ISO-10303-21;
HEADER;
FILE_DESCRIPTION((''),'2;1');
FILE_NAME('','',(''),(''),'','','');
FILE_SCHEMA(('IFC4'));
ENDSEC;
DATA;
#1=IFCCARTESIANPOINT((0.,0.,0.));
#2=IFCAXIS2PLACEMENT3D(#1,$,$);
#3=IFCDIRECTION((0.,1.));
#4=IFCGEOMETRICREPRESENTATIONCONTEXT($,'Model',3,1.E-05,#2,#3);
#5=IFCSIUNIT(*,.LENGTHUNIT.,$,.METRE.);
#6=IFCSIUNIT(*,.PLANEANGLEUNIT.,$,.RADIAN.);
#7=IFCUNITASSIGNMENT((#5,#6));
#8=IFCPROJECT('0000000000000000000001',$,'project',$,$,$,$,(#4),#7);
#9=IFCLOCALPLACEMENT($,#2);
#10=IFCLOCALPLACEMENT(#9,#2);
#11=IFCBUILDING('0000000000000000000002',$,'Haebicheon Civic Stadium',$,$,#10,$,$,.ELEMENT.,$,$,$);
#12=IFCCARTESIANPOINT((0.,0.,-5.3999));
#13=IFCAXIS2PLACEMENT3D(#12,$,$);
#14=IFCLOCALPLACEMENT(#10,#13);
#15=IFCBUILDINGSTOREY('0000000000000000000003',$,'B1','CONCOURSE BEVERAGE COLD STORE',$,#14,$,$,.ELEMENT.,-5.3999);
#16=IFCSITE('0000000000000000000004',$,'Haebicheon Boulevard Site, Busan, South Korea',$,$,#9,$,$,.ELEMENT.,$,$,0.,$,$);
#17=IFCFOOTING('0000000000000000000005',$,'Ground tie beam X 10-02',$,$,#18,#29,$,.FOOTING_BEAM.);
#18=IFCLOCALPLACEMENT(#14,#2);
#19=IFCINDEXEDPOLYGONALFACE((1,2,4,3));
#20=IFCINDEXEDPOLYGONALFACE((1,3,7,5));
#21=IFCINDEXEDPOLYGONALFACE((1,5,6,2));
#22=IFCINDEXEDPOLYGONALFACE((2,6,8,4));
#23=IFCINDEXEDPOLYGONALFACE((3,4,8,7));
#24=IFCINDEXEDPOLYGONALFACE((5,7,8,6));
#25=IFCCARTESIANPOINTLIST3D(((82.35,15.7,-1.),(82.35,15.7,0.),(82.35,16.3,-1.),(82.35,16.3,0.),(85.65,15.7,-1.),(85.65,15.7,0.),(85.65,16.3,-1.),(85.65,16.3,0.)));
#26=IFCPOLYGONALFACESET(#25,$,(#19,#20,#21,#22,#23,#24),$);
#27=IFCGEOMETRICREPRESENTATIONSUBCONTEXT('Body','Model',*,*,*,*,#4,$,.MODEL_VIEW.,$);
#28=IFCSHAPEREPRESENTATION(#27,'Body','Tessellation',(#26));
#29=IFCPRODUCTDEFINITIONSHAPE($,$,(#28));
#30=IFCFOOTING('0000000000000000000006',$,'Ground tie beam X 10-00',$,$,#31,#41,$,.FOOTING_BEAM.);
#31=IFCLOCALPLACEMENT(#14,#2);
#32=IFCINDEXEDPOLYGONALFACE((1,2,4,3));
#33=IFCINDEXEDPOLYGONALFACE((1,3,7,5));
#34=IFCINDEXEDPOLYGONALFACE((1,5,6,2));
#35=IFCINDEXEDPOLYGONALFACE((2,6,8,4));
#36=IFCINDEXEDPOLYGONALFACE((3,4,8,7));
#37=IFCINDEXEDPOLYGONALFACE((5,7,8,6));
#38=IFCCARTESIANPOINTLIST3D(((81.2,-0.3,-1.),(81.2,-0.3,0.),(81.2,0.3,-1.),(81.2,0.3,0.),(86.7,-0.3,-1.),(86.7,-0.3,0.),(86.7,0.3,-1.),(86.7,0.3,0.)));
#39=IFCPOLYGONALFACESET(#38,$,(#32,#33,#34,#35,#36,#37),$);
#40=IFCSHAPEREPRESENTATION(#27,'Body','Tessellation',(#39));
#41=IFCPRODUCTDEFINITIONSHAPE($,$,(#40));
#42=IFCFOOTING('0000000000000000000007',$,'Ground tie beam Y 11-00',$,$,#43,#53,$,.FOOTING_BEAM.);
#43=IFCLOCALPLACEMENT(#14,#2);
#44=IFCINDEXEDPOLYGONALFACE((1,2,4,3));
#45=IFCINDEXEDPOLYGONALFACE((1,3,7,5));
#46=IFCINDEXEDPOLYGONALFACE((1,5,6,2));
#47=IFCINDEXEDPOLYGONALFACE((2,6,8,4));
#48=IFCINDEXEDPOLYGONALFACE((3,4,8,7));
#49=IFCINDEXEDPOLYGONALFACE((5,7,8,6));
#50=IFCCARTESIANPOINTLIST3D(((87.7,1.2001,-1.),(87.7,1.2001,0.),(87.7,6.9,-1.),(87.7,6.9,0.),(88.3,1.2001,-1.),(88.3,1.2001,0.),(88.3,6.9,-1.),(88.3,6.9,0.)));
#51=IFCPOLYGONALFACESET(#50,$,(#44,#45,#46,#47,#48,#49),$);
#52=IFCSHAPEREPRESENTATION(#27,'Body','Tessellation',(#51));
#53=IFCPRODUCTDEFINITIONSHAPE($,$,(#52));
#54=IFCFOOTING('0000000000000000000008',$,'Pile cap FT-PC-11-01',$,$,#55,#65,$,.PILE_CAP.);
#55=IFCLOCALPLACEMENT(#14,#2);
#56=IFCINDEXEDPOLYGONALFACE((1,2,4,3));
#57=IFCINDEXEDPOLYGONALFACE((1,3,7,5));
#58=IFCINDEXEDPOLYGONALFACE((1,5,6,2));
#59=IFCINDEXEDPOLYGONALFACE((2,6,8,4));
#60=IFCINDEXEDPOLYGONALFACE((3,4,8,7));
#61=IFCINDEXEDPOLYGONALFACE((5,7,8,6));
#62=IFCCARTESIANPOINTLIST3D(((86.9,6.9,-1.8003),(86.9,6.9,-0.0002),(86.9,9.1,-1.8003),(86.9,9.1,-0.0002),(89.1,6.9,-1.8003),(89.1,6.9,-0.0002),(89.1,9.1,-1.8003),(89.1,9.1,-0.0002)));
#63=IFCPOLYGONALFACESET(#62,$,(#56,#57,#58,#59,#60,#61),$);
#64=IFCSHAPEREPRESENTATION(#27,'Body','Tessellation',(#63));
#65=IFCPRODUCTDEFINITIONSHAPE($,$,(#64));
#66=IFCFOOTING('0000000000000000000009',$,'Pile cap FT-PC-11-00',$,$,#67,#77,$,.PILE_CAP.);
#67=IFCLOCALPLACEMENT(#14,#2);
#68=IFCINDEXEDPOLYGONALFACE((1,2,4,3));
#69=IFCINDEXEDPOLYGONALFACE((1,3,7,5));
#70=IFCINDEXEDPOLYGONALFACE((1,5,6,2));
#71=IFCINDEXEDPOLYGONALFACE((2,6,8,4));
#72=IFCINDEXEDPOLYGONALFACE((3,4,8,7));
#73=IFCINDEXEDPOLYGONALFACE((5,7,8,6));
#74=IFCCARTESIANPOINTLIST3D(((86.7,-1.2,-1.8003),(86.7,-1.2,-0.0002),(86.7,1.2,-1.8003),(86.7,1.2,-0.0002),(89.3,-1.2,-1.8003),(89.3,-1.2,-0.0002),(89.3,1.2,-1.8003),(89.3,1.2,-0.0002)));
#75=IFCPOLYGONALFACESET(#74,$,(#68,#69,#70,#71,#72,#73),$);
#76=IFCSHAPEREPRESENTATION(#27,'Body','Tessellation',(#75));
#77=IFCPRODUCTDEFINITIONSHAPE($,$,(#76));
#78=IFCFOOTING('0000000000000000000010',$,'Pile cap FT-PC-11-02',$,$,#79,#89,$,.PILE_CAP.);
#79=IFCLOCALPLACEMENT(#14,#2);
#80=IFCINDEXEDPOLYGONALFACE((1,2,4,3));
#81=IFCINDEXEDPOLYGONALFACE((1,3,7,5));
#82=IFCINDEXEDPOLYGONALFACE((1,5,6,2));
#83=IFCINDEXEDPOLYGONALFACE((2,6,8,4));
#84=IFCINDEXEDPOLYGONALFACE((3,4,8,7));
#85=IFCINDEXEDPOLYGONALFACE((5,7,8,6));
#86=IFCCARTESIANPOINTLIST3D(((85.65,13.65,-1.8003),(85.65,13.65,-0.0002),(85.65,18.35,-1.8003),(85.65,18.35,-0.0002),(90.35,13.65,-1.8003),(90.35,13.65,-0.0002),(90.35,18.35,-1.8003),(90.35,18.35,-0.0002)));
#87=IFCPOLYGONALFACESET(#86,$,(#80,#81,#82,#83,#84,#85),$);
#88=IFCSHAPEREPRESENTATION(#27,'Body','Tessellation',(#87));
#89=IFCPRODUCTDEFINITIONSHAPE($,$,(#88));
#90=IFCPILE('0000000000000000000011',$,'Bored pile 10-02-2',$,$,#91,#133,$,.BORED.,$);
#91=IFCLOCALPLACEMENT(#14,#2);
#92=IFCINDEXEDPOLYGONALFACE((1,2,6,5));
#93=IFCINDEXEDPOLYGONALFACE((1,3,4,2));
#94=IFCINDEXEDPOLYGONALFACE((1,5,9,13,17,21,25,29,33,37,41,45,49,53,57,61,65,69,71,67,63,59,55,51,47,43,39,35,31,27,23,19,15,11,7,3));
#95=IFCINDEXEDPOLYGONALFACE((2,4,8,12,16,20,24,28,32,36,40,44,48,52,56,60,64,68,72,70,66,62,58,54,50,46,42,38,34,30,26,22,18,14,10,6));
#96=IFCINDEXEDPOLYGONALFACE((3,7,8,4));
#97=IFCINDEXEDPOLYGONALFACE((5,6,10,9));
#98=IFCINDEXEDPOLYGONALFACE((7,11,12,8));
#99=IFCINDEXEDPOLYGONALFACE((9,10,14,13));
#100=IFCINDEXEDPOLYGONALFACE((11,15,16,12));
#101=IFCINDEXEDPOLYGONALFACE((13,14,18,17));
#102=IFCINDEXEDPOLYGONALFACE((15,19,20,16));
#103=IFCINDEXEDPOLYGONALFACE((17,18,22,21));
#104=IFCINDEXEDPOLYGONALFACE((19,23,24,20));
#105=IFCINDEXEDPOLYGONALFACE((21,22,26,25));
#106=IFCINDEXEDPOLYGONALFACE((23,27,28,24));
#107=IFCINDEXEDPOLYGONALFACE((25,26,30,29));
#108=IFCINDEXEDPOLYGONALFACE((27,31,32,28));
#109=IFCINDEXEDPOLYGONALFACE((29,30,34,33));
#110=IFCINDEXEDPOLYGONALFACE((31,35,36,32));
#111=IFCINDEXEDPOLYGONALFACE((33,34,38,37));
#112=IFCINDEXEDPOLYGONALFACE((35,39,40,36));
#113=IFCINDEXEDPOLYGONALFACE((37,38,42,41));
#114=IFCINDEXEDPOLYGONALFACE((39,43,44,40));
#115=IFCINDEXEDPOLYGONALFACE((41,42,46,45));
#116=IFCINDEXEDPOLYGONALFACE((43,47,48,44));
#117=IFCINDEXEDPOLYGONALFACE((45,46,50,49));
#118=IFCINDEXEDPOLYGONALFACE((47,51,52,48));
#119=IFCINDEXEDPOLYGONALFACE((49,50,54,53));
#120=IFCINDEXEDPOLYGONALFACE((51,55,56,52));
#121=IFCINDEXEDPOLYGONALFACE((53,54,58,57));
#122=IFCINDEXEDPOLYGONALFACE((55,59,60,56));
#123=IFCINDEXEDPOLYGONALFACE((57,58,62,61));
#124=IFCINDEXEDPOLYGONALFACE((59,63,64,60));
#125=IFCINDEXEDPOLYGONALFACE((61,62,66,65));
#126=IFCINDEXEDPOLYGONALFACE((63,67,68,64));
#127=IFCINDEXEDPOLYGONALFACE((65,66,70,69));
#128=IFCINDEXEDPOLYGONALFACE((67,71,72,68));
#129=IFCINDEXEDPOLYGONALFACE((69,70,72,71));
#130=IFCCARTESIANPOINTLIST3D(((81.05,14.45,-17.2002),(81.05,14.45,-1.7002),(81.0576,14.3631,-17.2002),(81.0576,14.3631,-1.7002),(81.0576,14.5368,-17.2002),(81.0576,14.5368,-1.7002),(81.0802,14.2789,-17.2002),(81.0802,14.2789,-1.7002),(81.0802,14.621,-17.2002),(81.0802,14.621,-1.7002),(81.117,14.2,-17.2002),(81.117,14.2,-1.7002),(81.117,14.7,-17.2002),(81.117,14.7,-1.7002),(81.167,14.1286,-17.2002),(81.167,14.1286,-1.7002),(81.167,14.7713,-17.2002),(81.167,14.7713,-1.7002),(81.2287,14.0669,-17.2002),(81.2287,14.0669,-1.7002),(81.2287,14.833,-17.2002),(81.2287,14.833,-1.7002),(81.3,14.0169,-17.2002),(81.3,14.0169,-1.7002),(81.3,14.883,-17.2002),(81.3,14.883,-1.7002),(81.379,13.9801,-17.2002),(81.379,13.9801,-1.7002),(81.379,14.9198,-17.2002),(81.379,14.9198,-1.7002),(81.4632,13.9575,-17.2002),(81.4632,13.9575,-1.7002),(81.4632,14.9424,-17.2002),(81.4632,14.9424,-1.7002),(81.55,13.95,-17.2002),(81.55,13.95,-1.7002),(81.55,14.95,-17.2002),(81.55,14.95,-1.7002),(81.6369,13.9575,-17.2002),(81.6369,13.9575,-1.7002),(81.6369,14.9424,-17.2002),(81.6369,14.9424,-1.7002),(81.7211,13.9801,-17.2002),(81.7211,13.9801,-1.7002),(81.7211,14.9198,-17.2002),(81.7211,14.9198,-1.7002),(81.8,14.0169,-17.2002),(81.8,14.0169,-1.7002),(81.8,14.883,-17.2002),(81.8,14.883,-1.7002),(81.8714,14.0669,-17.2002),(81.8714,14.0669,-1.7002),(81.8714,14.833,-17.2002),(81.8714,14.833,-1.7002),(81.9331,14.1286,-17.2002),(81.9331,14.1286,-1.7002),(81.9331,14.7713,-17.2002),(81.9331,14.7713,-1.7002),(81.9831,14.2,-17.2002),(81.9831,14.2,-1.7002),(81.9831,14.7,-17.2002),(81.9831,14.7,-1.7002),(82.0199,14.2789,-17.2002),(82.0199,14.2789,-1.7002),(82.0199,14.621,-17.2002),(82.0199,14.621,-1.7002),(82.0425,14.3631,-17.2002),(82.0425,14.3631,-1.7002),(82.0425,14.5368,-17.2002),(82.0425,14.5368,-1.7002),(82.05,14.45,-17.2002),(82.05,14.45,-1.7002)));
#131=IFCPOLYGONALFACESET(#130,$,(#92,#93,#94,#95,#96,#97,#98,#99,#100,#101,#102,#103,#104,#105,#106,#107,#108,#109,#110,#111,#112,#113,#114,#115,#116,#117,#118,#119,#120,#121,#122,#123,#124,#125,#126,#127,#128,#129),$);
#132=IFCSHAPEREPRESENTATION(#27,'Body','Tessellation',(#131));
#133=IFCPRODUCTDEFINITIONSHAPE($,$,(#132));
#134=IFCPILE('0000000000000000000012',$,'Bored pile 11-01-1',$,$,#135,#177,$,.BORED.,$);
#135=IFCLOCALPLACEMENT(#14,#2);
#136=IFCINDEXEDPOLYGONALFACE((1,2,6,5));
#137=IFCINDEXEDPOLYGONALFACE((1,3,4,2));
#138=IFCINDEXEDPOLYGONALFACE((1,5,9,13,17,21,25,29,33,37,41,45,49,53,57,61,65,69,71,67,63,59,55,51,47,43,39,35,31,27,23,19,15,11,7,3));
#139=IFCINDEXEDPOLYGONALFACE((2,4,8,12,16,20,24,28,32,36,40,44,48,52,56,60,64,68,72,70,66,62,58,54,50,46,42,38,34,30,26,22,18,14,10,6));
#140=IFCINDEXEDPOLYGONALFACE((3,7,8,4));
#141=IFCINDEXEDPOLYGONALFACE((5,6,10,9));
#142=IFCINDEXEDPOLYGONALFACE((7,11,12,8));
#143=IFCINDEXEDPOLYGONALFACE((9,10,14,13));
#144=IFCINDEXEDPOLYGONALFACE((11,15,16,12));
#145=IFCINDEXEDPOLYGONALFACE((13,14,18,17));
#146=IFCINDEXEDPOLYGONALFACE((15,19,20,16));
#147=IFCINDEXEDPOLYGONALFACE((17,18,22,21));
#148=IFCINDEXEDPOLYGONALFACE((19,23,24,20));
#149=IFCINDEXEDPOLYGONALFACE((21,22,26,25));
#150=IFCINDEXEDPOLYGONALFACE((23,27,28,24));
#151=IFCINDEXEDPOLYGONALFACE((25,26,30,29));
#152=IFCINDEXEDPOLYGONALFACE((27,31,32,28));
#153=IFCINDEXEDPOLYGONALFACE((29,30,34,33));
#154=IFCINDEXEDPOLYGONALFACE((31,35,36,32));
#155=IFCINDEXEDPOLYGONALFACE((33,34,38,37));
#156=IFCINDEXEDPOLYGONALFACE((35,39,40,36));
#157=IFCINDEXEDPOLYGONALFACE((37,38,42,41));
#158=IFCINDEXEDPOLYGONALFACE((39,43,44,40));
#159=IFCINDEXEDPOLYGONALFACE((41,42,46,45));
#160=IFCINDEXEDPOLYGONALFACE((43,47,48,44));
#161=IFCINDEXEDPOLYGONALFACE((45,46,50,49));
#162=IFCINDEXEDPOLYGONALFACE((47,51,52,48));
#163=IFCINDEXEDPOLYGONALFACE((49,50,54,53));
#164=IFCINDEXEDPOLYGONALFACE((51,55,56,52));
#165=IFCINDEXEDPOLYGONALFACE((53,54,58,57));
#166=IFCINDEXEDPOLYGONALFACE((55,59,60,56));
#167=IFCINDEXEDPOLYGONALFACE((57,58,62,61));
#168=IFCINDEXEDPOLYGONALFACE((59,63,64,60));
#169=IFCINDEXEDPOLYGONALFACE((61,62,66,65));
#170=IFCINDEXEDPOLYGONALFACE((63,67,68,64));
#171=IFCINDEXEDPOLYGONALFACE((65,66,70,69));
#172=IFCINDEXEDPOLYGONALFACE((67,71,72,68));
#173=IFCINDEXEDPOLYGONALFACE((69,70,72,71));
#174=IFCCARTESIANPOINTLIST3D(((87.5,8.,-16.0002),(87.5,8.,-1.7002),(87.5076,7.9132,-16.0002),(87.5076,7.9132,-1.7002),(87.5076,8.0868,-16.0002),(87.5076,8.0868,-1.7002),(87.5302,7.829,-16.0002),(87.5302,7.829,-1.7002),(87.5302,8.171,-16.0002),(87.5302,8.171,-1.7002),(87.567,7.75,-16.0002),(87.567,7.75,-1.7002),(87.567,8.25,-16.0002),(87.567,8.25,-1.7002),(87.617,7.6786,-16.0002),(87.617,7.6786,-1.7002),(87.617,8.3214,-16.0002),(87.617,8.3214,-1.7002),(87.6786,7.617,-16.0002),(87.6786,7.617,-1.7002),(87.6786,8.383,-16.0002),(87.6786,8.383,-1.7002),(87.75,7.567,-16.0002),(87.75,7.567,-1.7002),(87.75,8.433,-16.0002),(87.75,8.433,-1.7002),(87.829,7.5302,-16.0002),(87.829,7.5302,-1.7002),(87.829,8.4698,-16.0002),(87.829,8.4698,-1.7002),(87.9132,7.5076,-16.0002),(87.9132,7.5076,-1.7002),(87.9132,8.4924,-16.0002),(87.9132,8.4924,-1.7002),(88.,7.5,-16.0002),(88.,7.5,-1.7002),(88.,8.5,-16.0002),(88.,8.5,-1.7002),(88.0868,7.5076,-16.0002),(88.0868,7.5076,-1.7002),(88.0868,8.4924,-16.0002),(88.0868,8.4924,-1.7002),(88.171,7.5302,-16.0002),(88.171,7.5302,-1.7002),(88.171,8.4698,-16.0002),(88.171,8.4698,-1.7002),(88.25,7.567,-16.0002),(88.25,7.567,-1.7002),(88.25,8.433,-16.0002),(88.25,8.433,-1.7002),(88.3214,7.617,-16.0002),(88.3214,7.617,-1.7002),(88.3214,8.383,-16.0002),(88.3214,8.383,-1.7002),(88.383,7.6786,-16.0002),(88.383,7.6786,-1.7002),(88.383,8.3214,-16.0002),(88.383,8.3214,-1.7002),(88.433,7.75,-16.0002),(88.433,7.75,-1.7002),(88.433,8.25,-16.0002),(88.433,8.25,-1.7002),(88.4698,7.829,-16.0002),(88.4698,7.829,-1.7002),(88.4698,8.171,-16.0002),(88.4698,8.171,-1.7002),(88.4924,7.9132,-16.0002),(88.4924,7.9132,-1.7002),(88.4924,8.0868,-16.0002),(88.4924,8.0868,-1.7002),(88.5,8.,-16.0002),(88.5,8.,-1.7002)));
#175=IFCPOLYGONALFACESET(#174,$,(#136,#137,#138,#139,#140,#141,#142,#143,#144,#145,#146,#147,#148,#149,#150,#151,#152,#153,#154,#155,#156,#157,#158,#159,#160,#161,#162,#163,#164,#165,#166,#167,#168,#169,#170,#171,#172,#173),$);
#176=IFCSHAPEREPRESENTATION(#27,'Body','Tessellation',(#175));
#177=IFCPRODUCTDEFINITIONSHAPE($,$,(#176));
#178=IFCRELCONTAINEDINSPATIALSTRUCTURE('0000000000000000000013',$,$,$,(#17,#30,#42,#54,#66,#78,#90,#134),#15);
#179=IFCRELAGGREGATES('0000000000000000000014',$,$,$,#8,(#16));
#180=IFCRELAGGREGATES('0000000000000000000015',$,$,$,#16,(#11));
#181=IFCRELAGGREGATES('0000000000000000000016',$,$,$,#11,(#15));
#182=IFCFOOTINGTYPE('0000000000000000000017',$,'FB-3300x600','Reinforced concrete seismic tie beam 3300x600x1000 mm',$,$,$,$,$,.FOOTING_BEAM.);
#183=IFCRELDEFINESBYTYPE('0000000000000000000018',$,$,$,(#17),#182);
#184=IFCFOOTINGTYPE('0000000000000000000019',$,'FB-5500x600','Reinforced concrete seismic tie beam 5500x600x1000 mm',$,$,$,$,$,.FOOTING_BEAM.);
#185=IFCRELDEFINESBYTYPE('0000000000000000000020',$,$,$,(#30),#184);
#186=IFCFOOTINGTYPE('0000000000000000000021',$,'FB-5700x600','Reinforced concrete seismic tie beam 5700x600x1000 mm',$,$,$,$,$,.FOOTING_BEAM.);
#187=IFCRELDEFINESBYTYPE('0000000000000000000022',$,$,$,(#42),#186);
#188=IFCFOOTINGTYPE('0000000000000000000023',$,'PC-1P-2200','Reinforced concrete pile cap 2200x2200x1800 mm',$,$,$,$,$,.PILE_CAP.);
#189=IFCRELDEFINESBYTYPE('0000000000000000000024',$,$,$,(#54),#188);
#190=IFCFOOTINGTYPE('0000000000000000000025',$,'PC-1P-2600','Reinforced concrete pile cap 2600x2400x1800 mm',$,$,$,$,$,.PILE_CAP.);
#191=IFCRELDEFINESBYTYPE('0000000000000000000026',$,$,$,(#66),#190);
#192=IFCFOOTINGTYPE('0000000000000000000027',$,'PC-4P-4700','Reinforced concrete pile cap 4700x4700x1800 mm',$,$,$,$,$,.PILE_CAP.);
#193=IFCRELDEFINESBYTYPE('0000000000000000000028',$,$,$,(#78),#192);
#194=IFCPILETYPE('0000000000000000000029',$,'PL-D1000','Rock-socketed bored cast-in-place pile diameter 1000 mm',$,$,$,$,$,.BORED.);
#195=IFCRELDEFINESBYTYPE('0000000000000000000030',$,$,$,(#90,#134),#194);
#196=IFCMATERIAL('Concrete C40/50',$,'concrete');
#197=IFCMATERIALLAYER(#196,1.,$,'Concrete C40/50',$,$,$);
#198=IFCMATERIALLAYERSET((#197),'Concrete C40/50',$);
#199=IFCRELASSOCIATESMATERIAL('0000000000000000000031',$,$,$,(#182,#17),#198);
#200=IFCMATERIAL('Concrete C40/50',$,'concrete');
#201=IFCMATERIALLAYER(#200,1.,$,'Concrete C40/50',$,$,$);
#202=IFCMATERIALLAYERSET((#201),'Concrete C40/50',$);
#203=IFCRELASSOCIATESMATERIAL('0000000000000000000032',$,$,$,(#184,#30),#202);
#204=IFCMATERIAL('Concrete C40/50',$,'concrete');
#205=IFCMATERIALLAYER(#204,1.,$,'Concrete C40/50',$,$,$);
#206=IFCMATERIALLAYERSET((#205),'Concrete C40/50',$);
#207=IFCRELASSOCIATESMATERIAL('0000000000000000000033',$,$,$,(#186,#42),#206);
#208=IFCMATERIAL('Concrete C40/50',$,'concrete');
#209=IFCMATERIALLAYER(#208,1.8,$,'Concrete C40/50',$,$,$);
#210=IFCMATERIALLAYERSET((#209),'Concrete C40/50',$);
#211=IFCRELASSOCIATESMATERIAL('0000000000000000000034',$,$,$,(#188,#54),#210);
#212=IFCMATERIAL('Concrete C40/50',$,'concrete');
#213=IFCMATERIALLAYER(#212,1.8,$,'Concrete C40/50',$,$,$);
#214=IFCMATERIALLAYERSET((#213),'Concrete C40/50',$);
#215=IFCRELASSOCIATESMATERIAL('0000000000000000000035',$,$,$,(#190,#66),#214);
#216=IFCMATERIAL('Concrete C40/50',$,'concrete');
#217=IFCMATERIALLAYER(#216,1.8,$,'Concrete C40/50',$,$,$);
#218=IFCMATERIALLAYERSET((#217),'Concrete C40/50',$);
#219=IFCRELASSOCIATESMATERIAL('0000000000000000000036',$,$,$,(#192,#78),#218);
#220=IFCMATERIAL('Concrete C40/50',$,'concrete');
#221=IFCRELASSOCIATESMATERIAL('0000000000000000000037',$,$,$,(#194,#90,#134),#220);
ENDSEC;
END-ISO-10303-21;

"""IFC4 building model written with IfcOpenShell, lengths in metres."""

from ifc_helpers import new_model, si_unit, direction, frame, origin, origin_2d, place, context, subcontext, project, spatial, rectangle, circle, extrude, material, layer, layer_set, material_profile, profile_set, type_object, element, save


model = new_model("IFC4")

# Units and contexts
model_context = context("Model", 3, precision=1e-05, world=origin(), true_north=direction((0.0, 1.0)))
body_context = subcontext(model_context, "Body", "Model", "MODEL_VIEW")
ifc_project = project(units=[si_unit("LENGTHUNIT", "METRE"), si_unit("PLANEANGLEUNIT", "RADIAN")], contexts=[model_context])

# Site, building, storey
site_placement = place(None, origin())
site = spatial("IfcSite", under=ifc_project, at=site_placement, Name="Haebicheon Boulevard Site, Busan, South Korea", CompositionType="ELEMENT", RefElevation=0.0)
building_placement = place(site_placement, origin())
building = spatial("IfcBuilding", under=site, at=building_placement, Name="Haebicheon Civic Stadium", CompositionType="ELEMENT")
storey_placement = place(building_placement, frame((0.0, 0.0, -5.3999)))
storey = spatial("IfcBuildingStorey", under=building, at=storey_placement, Name="B1", Description="CONCOURSE BEVERAGE COLD STORE", CompositionType="ELEMENT", Elevation=-5.3999)

# Footings
ifc_material_1 = material(Name="Concrete C40/50", Category="concrete")
ifc_layer_1 = layer(ifc_material_1, 1.0, Name="Concrete C40/50")
ifc_layer_set_1 = layer_set([ifc_layer_1], Name="Concrete C40/50")
footing_type_1 = type_object("IfcFootingType", Name="FB-3300x600", Description="Reinforced concrete seismic tie beam 3300x600x1000 mm", PredefinedType="FOOTING_BEAM", material=ifc_layer_set_1)
footing_1_placement = place(storey_placement, frame((84.0, 16.0, -1.0), z_axis=(0.0, 0.0, 1.0), x_axis=(1.0, 0.0, 0.0)))
element("IfcFooting", 1, at=footing_1_placement, inside=storey, type_object=footing_type_1, material=ifc_layer_set_1, Name="Ground tie beam X 10-02", PredefinedType="FOOTING_BEAM", context=body_context, shape_type="SweptSolid", body=[
    extrude(rectangle(XDim=3.3, YDim=0.6001, at=origin_2d()), origin(), (0.0, 0.0, 1.0), 1.0),
])
ifc_material_2 = material(Name="Concrete C40/50", Category="concrete")
ifc_layer_2 = layer(ifc_material_2, 1.0, Name="Concrete C40/50")
ifc_layer_set_2 = layer_set([ifc_layer_2], Name="Concrete C40/50")
footing_type_2 = type_object("IfcFootingType", Name="FB-5500x600", Description="Reinforced concrete seismic tie beam 5500x600x1000 mm", PredefinedType="FOOTING_BEAM", material=ifc_layer_set_2)
footing_2_placement = place(storey_placement, frame((83.95, 0.0, -1.0), z_axis=(0.0, 0.0, 1.0), x_axis=(1.0, 0.0, 0.0)))
element("IfcFooting", 2, at=footing_2_placement, inside=storey, type_object=footing_type_2, material=ifc_layer_set_2, Name="Ground tie beam X 10-00", PredefinedType="FOOTING_BEAM", context=body_context, shape_type="SweptSolid", body=[
    extrude(rectangle(XDim=5.5, YDim=0.6001, at=origin_2d()), origin(), (0.0, 0.0, 1.0), 1.0),
])
ifc_material_3 = material(Name="Concrete C40/50", Category="concrete")
ifc_layer_3 = layer(ifc_material_3, 1.0, Name="Concrete C40/50")
ifc_layer_set_3 = layer_set([ifc_layer_3], Name="Concrete C40/50")
footing_type_3 = type_object("IfcFootingType", Name="FB-5700x600", Description="Reinforced concrete seismic tie beam 5700x600x1000 mm", PredefinedType="FOOTING_BEAM", material=ifc_layer_set_3)
footing_3_placement = place(storey_placement, frame((88.0, 4.05, -1.0), z_axis=(0.0, 0.0, 1.0), x_axis=(0.0, 1.0, 0.0)))
element("IfcFooting", 3, at=footing_3_placement, inside=storey, type_object=footing_type_3, material=ifc_layer_set_3, Name="Ground tie beam Y 11-00", PredefinedType="FOOTING_BEAM", context=body_context, shape_type="SweptSolid", body=[
    extrude(rectangle(XDim=5.7, YDim=0.6001, at=origin_2d()), origin(), (0.0, 0.0, 1.0), 1.0),
])
ifc_material_4 = material(Name="Concrete C40/50", Category="concrete")
ifc_layer_4 = layer(ifc_material_4, 1.8, Name="Concrete C40/50")
ifc_layer_set_4 = layer_set([ifc_layer_4], Name="Concrete C40/50")
footing_type_4 = type_object("IfcFootingType", Name="PC-1P-2200", Description="Reinforced concrete pile cap 2200x2200x1800 mm", PredefinedType="PILE_CAP", material=ifc_layer_set_4)
footing_4_placement = place(storey_placement, frame((88.0, 8.0, -1.8003), z_axis=(0.0, 0.0, 1.0), x_axis=(1.0, 0.0, 0.0)))
element("IfcFooting", 4, at=footing_4_placement, inside=storey, type_object=footing_type_4, material=ifc_layer_set_4, Name="Pile cap FT-PC-11-01", PredefinedType="PILE_CAP", context=body_context, shape_type="SweptSolid", body=[
    extrude(rectangle(XDim=2.2, YDim=2.2, at=origin_2d()), origin(), (0.0, 0.0, 1.0), 1.8),
])
ifc_material_5 = material(Name="Concrete C40/50", Category="concrete")
ifc_layer_5 = layer(ifc_material_5, 1.8, Name="Concrete C40/50")
ifc_layer_set_5 = layer_set([ifc_layer_5], Name="Concrete C40/50")
footing_type_5 = type_object("IfcFootingType", Name="PC-1P-2600", Description="Reinforced concrete pile cap 2600x2400x1800 mm", PredefinedType="PILE_CAP", material=ifc_layer_set_5)
footing_5_placement = place(storey_placement, frame((88.0, 0.0, -1.8003), z_axis=(0.0, 0.0, 1.0), x_axis=(1.0, 0.0, 0.0)))
element("IfcFooting", 5, at=footing_5_placement, inside=storey, type_object=footing_type_5, material=ifc_layer_set_5, Name="Pile cap FT-PC-11-00", PredefinedType="PILE_CAP", context=body_context, shape_type="SweptSolid", body=[
    extrude(rectangle(XDim=2.6001, YDim=2.3999, at=origin_2d()), origin(), (0.0, 0.0, 1.0), 1.8),
])
ifc_material_6 = material(Name="Concrete C40/50", Category="concrete")
ifc_layer_6 = layer(ifc_material_6, 1.8, Name="Concrete C40/50")
ifc_layer_set_6 = layer_set([ifc_layer_6], Name="Concrete C40/50")
footing_type_6 = type_object("IfcFootingType", Name="PC-4P-4700", Description="Reinforced concrete pile cap 4700x4700x1800 mm", PredefinedType="PILE_CAP", material=ifc_layer_set_6)
footing_6_placement = place(storey_placement, frame((88.0, 16.0, -1.8003), z_axis=(0.0, 0.0, 1.0), x_axis=(1.0, 0.0, 0.0)))
element("IfcFooting", 6, at=footing_6_placement, inside=storey, type_object=footing_type_6, material=ifc_layer_set_6, Name="Pile cap FT-PC-11-02", PredefinedType="PILE_CAP", context=body_context, shape_type="SweptSolid", body=[
    extrude(rectangle(XDim=4.7, YDim=4.7, at=origin_2d()), origin(), (0.0, 0.0, 1.0), 1.8),
])

# Piles
ifc_material_7 = material(Name="Concrete C40/50", Category="concrete")
ifc_material_profile_1 = material_profile(ifc_material_7, circle(Radius=0.5, at=origin_2d()), Name="PILE-D1000")
ifc_profile_set_1 = profile_set([ifc_material_profile_1], Name="Concrete C40/50")
pile_type_1 = type_object("IfcPileType", Name="PL-D1000", Description="Rock-socketed bored cast-in-place pile diameter 1000 mm", PredefinedType="BORED", material=ifc_profile_set_1)
pile_1_placement = place(storey_placement, frame((81.55, 14.45, -1.7002), z_axis=(0.0, 0.0, -1.0), x_axis=(1.0, 0.0, 0.0)))
element("IfcPile", 7, at=pile_1_placement, inside=storey, type_object=pile_type_1, material=ifc_profile_set_1, Name="Bored pile 10-02-2", PredefinedType="BORED", context=body_context, shape_type="SweptSolid", body=[
    extrude(circle(Radius=0.5, at=origin_2d()), origin(), (0.0, 0.0, 1.0), 15.5),
])
pile_2_placement = place(storey_placement, frame((88.0, 8.0, -1.7002), z_axis=(0.0, 0.0, -1.0), x_axis=(1.0, 0.0, 0.0)))
element("IfcPile", 8, at=pile_2_placement, inside=storey, type_object=pile_type_1, material=ifc_profile_set_1, Name="Bored pile 11-01-1", PredefinedType="BORED", context=body_context, shape_type="SweptSolid", body=[
    extrude(circle(Radius=0.5, at=origin_2d()), origin(), (0.0, 0.0, 1.0), 14.3),
])

save(model, "model.ifc")
